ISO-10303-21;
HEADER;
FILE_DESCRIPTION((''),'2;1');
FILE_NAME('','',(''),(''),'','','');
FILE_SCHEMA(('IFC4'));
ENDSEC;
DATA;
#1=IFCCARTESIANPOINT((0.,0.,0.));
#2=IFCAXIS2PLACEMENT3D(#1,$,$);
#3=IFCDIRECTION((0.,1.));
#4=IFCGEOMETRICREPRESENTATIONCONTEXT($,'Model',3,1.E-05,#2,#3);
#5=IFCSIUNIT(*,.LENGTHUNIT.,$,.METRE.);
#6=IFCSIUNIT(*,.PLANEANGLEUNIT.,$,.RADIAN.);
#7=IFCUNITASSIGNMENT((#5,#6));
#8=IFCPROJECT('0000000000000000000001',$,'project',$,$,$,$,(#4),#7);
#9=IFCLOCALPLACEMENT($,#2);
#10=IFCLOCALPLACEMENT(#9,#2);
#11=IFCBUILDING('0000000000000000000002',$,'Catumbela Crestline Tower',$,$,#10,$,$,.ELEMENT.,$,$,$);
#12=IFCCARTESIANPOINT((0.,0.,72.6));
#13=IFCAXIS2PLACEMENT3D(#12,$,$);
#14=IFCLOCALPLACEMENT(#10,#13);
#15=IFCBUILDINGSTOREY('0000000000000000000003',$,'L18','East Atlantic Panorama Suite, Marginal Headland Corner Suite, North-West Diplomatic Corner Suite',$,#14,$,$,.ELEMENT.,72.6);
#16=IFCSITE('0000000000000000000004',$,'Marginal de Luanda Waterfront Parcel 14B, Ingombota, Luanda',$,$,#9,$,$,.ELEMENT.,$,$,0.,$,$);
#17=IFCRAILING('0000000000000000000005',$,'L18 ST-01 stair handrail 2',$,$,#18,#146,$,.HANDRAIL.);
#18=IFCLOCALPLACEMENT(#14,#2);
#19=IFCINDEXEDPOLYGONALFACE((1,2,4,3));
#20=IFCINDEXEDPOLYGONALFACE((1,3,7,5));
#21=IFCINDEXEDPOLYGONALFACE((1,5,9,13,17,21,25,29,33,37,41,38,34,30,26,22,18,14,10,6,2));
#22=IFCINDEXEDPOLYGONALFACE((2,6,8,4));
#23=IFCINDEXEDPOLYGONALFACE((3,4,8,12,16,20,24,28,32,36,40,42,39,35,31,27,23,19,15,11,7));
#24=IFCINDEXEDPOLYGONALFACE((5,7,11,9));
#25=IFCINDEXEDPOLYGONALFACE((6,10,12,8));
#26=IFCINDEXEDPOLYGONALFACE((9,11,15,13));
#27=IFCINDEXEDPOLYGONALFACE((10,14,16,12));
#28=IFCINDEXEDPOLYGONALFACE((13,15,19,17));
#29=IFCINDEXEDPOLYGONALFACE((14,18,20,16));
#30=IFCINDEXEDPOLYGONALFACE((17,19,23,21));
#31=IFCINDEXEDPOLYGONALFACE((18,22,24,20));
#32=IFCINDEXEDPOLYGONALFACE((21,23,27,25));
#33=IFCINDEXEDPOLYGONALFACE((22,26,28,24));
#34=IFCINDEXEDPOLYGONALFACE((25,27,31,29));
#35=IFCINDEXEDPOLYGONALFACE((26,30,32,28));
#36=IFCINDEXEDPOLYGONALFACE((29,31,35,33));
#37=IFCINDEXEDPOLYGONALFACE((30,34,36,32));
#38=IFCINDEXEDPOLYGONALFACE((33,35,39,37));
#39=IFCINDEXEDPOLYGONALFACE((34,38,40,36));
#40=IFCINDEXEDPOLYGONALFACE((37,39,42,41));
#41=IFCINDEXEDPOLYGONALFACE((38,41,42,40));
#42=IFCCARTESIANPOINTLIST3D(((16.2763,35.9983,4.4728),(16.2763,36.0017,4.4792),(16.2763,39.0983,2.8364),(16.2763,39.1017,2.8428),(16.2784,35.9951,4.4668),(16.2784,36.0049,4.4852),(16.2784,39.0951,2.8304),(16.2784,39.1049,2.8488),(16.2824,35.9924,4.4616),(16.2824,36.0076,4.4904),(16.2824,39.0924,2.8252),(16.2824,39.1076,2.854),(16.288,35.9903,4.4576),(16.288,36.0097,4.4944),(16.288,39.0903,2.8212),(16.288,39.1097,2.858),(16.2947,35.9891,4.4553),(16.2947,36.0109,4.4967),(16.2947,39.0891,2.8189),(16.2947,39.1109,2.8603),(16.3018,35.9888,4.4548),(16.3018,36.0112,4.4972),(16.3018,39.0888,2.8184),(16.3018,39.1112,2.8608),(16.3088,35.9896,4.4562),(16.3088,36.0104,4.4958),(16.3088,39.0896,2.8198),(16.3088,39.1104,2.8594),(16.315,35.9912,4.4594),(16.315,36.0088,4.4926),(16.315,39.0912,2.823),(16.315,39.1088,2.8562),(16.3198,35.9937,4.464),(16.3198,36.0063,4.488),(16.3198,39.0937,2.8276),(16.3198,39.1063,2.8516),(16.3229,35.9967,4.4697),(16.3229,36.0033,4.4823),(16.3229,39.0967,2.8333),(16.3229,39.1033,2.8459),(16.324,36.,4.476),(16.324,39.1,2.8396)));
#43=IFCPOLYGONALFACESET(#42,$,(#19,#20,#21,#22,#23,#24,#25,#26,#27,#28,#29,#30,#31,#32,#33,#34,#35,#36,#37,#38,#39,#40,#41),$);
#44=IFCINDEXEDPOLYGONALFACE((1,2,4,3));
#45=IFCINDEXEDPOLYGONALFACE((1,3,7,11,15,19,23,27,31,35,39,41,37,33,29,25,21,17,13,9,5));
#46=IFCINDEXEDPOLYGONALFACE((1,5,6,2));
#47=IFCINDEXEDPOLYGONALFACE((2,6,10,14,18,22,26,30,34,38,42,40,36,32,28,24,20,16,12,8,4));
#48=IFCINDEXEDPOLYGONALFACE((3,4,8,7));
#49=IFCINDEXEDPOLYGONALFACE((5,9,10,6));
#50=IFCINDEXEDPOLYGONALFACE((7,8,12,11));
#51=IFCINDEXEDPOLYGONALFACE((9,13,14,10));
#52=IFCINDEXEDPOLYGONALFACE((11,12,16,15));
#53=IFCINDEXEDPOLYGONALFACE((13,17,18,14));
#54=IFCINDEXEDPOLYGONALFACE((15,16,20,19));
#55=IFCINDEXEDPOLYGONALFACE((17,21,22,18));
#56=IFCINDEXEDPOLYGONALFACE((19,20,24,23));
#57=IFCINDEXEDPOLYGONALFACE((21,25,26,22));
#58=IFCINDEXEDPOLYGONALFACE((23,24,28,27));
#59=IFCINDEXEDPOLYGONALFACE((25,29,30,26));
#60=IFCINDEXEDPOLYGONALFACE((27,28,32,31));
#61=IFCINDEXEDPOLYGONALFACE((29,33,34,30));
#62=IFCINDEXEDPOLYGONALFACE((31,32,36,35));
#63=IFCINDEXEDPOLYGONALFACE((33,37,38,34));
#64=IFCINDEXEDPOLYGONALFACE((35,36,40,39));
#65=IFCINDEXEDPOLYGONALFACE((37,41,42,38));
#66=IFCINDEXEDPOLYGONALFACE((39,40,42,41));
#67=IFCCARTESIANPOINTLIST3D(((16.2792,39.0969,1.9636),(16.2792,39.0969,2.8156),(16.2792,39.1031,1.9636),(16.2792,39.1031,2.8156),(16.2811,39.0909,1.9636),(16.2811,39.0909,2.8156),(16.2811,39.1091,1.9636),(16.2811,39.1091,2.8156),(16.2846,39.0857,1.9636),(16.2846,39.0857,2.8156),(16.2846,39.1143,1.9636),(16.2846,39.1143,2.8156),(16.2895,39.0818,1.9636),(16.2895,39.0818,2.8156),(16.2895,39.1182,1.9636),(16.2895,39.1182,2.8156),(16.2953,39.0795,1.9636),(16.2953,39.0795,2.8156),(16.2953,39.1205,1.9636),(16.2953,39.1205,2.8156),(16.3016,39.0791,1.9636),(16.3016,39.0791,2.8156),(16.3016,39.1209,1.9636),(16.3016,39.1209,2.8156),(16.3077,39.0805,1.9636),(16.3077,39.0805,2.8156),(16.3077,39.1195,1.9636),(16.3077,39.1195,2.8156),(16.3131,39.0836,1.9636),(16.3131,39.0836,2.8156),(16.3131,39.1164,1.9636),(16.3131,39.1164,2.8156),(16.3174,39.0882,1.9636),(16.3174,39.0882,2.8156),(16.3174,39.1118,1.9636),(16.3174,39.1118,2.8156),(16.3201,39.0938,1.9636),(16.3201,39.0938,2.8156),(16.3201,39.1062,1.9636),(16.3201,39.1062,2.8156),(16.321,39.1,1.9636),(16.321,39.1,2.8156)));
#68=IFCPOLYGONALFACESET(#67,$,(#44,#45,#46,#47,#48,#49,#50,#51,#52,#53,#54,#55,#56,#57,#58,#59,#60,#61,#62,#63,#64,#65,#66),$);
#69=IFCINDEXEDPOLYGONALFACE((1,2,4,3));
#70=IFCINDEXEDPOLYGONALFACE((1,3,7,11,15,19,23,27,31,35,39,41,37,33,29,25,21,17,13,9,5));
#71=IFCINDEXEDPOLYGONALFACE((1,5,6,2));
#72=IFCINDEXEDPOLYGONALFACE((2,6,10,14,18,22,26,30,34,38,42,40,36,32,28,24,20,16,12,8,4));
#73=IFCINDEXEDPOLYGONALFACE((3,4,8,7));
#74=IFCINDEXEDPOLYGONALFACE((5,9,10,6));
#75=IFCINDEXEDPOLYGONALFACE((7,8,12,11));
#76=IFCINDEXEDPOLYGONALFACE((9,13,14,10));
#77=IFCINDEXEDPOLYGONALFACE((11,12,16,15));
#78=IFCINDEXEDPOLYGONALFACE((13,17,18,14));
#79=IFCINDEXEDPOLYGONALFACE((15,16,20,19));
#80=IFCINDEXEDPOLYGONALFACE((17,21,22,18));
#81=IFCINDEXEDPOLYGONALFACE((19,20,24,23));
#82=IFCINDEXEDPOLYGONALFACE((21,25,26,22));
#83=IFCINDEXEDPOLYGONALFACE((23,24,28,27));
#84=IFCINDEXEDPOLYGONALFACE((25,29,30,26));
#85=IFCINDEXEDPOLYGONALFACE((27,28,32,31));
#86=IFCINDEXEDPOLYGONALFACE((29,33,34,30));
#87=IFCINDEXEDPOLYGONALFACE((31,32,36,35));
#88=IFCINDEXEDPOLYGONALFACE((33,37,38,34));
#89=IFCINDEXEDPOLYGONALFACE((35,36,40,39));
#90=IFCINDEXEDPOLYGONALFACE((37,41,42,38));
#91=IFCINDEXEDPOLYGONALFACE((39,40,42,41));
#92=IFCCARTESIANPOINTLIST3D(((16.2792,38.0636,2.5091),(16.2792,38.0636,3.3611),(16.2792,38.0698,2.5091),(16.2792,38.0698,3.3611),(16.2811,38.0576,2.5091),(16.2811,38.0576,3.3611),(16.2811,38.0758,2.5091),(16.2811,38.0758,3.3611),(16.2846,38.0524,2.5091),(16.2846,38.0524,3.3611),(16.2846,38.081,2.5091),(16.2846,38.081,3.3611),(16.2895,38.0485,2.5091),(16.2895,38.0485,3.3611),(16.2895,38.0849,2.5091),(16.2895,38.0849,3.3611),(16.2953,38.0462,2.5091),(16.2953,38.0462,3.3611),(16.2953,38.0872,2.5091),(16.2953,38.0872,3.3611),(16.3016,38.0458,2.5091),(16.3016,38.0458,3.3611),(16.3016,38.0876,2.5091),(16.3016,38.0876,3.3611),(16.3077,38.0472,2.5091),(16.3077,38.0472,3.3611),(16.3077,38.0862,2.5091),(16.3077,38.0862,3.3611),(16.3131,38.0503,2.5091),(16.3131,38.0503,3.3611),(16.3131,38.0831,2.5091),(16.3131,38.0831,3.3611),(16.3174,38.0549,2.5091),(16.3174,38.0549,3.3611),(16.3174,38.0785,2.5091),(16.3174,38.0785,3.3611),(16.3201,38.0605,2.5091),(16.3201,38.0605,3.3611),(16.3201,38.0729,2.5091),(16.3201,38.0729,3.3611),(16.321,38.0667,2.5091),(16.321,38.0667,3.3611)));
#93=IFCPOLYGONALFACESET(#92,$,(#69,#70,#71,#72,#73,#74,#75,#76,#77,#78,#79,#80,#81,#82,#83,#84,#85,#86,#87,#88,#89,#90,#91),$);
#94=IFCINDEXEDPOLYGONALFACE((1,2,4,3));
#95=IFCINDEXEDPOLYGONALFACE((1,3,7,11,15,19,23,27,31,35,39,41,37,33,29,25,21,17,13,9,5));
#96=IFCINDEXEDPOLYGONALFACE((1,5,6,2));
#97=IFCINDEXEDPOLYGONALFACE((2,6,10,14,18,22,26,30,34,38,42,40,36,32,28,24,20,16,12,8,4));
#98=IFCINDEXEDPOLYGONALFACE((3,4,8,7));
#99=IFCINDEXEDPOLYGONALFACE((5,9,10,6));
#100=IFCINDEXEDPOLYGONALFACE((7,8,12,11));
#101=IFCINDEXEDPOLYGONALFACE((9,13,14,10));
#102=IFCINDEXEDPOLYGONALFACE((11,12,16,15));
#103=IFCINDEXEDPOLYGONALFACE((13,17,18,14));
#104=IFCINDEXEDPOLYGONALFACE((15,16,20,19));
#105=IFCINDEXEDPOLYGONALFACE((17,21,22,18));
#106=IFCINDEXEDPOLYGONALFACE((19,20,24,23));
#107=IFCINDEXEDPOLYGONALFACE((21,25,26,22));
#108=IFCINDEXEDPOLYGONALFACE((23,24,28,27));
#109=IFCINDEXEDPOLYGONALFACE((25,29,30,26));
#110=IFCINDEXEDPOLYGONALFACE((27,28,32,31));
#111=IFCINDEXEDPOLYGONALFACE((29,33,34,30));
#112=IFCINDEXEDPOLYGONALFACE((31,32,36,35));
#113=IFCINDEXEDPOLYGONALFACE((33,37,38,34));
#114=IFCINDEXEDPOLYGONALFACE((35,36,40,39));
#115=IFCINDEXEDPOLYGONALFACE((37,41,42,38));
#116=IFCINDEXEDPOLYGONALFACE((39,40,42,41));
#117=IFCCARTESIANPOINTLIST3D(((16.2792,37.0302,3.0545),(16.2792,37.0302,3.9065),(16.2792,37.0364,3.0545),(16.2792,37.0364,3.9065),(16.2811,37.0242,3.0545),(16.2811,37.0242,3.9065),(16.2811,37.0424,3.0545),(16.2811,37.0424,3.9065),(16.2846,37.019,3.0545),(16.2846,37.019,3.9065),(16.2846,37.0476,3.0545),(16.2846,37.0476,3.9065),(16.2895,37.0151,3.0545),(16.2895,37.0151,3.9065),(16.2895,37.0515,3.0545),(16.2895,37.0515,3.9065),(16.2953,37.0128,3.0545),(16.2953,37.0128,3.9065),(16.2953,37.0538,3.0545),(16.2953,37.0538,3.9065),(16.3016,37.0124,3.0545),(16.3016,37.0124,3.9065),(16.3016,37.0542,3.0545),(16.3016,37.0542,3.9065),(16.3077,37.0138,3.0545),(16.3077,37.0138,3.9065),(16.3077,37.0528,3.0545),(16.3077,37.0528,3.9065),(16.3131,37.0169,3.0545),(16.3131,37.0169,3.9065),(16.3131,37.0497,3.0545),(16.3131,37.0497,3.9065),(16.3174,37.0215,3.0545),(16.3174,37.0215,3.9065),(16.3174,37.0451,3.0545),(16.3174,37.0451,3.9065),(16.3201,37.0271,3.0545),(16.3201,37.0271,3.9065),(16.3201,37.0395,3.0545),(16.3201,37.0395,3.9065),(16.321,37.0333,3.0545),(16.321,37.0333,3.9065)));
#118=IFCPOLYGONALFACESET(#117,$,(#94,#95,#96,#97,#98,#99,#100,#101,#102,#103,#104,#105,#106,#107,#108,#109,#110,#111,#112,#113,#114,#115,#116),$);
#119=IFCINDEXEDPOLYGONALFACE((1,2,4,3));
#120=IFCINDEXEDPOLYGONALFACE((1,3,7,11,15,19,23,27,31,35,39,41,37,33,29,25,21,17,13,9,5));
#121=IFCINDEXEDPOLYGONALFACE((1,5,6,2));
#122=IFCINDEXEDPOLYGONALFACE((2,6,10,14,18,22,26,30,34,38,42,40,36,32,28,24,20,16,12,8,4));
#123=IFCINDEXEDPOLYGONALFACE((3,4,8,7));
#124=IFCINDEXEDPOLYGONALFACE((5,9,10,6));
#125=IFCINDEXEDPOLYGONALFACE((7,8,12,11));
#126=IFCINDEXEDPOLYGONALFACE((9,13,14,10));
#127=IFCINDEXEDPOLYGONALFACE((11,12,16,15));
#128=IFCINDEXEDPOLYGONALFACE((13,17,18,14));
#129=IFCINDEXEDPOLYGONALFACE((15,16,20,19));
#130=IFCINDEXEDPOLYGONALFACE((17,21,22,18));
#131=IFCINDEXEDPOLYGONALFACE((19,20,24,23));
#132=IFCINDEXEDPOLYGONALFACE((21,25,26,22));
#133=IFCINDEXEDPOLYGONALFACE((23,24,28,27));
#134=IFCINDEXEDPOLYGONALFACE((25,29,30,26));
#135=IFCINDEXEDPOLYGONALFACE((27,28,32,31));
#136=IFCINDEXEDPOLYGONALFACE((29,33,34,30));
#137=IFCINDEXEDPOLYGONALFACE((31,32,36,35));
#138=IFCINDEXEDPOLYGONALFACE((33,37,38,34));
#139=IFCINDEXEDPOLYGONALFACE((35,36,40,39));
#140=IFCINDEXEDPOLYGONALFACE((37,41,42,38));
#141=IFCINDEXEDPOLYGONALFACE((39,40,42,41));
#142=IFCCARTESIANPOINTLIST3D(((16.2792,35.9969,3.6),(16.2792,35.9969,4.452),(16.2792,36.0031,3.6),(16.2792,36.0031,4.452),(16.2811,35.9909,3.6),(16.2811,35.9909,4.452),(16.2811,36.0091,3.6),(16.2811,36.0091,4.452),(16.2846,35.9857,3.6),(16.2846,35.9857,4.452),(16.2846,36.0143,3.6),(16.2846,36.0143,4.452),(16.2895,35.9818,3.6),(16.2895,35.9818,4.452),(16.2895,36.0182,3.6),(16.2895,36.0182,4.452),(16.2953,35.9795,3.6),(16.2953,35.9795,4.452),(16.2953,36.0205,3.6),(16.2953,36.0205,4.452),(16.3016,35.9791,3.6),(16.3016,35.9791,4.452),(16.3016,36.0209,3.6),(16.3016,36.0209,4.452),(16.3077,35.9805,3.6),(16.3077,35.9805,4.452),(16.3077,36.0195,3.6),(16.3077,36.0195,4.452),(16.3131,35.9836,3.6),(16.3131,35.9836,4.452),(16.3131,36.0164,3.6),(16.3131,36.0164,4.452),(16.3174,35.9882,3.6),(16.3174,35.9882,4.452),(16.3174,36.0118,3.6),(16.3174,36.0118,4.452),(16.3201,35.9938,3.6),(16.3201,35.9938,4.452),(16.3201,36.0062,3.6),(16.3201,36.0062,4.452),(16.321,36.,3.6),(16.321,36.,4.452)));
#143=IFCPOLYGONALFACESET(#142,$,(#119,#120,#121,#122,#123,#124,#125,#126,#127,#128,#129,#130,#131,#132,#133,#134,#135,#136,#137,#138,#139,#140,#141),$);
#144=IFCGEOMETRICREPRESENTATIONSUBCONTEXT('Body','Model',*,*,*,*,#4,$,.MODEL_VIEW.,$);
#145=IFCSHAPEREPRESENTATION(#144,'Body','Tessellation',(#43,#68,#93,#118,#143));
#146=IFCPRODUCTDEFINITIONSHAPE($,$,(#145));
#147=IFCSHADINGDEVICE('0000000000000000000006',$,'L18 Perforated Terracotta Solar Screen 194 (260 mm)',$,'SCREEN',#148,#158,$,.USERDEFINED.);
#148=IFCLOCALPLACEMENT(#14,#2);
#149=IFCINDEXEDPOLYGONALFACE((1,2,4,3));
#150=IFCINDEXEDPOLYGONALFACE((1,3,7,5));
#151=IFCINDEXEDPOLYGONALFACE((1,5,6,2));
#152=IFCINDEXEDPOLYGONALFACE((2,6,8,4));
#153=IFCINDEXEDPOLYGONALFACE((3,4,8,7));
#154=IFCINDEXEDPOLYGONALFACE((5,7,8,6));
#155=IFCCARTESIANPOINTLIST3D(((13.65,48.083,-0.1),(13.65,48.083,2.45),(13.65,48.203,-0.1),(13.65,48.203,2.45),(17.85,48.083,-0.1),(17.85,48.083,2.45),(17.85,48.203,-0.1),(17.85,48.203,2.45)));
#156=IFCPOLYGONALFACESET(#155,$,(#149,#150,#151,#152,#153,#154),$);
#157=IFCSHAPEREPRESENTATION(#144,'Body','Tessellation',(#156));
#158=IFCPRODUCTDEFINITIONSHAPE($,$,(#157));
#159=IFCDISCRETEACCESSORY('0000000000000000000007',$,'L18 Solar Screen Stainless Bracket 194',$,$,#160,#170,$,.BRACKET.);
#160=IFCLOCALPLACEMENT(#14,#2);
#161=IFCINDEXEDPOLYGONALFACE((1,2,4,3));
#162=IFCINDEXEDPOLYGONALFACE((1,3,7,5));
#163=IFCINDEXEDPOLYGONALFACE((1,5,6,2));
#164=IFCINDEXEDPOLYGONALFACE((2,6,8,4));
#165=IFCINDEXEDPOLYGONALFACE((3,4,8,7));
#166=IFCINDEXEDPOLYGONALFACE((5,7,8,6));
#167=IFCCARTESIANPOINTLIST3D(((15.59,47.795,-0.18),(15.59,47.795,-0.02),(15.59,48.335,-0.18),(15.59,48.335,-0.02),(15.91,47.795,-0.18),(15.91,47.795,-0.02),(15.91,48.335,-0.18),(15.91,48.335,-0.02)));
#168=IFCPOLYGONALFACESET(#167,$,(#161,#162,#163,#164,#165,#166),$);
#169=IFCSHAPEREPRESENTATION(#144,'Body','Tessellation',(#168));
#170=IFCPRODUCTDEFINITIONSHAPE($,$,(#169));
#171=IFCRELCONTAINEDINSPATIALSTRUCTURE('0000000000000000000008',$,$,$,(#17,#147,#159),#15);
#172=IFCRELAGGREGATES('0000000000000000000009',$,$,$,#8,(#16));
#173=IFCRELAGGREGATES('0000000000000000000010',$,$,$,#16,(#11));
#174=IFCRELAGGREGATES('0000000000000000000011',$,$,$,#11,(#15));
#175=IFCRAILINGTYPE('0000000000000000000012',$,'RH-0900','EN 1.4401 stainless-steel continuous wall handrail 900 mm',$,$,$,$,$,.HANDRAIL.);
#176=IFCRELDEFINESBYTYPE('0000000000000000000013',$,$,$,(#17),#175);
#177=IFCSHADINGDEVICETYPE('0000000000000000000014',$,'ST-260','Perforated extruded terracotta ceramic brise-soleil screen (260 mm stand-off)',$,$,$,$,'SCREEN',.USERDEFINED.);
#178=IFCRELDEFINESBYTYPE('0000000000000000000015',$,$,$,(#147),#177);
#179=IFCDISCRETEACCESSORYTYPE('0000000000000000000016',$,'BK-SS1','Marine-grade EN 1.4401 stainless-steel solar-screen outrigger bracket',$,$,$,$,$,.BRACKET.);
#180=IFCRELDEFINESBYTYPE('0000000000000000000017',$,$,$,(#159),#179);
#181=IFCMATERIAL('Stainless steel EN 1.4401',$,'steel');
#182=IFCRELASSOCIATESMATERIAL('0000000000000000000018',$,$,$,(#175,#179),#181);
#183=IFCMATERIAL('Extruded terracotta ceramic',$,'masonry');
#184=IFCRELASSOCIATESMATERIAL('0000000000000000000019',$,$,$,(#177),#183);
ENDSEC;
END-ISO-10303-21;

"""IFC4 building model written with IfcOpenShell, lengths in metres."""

from ifc_helpers import new_model, si_unit, direction, frame, origin, origin_2d, place, context, subcontext, project, spatial, rectangle, circle, extrude, material, type_object, element, save


model = new_model("IFC4")

# Units and contexts
model_context = context("Model", 3, precision=1e-05, world=origin(), true_north=direction((0.0, 1.0)))
body_context = subcontext(model_context, "Body", "Model", "MODEL_VIEW")
ifc_project = project(units=[si_unit("LENGTHUNIT", "METRE"), si_unit("PLANEANGLEUNIT", "RADIAN")], contexts=[model_context])

# Site, building, storey
site_placement = place(None, origin())
site = spatial("IfcSite", under=ifc_project, at=site_placement, Name="Marginal de Luanda Waterfront Parcel 14B, Ingombota, Luanda", CompositionType="ELEMENT", RefElevation=0.0)
building_placement = place(site_placement, origin())
building = spatial("IfcBuilding", under=site, at=building_placement, Name="Catumbela Crestline Tower", CompositionType="ELEMENT")
storey_placement = place(building_placement, frame((0.0, 0.0, 72.6)))
storey = spatial("IfcBuildingStorey", under=building, at=storey_placement, Name="L18", Description="East Atlantic Panorama Suite, Marginal Headland Corner Suite, North-West Diplomatic Corner Suite", CompositionType="ELEMENT", Elevation=72.6)

# Shared definitions
ifc_material_1 = material(Name="Stainless steel EN 1.4401", Category="steel")

# Railing
railing_type_1 = type_object("IfcRailingType", Name="RH-0900", Description="EN 1.4401 stainless-steel continuous wall handrail 900 mm", PredefinedType="HANDRAIL", material=ifc_material_1)
railing_1_placement = place(storey_placement, frame((16.3, 39.1, 1.9636)))
element("IfcRailing", 1, at=railing_1_placement, inside=storey, type_object=railing_type_1, Name="L18 ST-01 stair handrail 2", PredefinedType="HANDRAIL", context=body_context, shape_type="SweptSolid", body=[
    extrude(circle(Radius=0.024, at=origin_2d()), frame((0.0, 0.0, 0.876), z_axis=(0.0, -0.884351, 0.466823), x_axis=(1.0, 0.0, 0.0)), (0.0, 0.0, 1.0), 3.5054),
    extrude(circle(Radius=0.021, at=origin_2d()), origin(), (0.0, 0.0, 1.0), 0.852),
    extrude(circle(Radius=0.021, at=origin_2d()), frame((0.0, -1.0333, 0.5455)), (0.0, 0.0, 1.0), 0.852),
    extrude(circle(Radius=0.021, at=origin_2d()), frame((0.0, -2.0667, 1.0909)), (0.0, 0.0, 1.0), 0.852),
    extrude(circle(Radius=0.021, at=origin_2d()), frame((0.0, -3.1, 1.6364)), (0.0, 0.0, 1.0), 0.852),
])

# Shading device
ifc_material_2 = material(Name="Extruded terracotta ceramic", Category="masonry")
shading_device_type = type_object("IfcShadingDeviceType", Name="ST-260", Description="Perforated extruded terracotta ceramic brise-soleil screen (260 mm stand-off)", ElementType="SCREEN", PredefinedType="USERDEFINED", material=ifc_material_2)
shading_device_placement = place(storey_placement, frame((15.75, 48.143, -0.1), z_axis=(0.0, 0.0, 1.0), x_axis=(-1.0, 0.0, 0.0)))
element("IfcShadingDevice", 2, at=shading_device_placement, inside=storey, type_object=shading_device_type, Name="L18 Perforated Terracotta Solar Screen 194 (260 mm)", ObjectType="SCREEN", PredefinedType="USERDEFINED", context=body_context, shape_type="SweptSolid", body=[
    extrude(rectangle(XDim=4.2, YDim=0.12, at=origin_2d()), origin(), (0.0, 0.0, 1.0), 2.55),
])

# Discrete accessory
discrete_accessory_type = type_object("IfcDiscreteAccessoryType", Name="BK-SS1", Description="Marine-grade EN 1.4401 stainless-steel solar-screen outrigger bracket", PredefinedType="BRACKET", material=ifc_material_1)
discrete_accessory_placement = place(storey_placement, frame((15.75, 48.065, -0.18), z_axis=(0.0, 0.0, 1.0), x_axis=(-1.0, 0.0, 0.0)))
element("IfcDiscreteAccessory", 3, at=discrete_accessory_placement, inside=storey, type_object=discrete_accessory_type, Name="L18 Solar Screen Stainless Bracket 194", PredefinedType="BRACKET", context=body_context, shape_type="SweptSolid", body=[
    extrude(rectangle(XDim=0.32, YDim=0.54, at=origin_2d()), origin(), (0.0, 0.0, 1.0), 0.16),
])

save(model, "model.ifc")
